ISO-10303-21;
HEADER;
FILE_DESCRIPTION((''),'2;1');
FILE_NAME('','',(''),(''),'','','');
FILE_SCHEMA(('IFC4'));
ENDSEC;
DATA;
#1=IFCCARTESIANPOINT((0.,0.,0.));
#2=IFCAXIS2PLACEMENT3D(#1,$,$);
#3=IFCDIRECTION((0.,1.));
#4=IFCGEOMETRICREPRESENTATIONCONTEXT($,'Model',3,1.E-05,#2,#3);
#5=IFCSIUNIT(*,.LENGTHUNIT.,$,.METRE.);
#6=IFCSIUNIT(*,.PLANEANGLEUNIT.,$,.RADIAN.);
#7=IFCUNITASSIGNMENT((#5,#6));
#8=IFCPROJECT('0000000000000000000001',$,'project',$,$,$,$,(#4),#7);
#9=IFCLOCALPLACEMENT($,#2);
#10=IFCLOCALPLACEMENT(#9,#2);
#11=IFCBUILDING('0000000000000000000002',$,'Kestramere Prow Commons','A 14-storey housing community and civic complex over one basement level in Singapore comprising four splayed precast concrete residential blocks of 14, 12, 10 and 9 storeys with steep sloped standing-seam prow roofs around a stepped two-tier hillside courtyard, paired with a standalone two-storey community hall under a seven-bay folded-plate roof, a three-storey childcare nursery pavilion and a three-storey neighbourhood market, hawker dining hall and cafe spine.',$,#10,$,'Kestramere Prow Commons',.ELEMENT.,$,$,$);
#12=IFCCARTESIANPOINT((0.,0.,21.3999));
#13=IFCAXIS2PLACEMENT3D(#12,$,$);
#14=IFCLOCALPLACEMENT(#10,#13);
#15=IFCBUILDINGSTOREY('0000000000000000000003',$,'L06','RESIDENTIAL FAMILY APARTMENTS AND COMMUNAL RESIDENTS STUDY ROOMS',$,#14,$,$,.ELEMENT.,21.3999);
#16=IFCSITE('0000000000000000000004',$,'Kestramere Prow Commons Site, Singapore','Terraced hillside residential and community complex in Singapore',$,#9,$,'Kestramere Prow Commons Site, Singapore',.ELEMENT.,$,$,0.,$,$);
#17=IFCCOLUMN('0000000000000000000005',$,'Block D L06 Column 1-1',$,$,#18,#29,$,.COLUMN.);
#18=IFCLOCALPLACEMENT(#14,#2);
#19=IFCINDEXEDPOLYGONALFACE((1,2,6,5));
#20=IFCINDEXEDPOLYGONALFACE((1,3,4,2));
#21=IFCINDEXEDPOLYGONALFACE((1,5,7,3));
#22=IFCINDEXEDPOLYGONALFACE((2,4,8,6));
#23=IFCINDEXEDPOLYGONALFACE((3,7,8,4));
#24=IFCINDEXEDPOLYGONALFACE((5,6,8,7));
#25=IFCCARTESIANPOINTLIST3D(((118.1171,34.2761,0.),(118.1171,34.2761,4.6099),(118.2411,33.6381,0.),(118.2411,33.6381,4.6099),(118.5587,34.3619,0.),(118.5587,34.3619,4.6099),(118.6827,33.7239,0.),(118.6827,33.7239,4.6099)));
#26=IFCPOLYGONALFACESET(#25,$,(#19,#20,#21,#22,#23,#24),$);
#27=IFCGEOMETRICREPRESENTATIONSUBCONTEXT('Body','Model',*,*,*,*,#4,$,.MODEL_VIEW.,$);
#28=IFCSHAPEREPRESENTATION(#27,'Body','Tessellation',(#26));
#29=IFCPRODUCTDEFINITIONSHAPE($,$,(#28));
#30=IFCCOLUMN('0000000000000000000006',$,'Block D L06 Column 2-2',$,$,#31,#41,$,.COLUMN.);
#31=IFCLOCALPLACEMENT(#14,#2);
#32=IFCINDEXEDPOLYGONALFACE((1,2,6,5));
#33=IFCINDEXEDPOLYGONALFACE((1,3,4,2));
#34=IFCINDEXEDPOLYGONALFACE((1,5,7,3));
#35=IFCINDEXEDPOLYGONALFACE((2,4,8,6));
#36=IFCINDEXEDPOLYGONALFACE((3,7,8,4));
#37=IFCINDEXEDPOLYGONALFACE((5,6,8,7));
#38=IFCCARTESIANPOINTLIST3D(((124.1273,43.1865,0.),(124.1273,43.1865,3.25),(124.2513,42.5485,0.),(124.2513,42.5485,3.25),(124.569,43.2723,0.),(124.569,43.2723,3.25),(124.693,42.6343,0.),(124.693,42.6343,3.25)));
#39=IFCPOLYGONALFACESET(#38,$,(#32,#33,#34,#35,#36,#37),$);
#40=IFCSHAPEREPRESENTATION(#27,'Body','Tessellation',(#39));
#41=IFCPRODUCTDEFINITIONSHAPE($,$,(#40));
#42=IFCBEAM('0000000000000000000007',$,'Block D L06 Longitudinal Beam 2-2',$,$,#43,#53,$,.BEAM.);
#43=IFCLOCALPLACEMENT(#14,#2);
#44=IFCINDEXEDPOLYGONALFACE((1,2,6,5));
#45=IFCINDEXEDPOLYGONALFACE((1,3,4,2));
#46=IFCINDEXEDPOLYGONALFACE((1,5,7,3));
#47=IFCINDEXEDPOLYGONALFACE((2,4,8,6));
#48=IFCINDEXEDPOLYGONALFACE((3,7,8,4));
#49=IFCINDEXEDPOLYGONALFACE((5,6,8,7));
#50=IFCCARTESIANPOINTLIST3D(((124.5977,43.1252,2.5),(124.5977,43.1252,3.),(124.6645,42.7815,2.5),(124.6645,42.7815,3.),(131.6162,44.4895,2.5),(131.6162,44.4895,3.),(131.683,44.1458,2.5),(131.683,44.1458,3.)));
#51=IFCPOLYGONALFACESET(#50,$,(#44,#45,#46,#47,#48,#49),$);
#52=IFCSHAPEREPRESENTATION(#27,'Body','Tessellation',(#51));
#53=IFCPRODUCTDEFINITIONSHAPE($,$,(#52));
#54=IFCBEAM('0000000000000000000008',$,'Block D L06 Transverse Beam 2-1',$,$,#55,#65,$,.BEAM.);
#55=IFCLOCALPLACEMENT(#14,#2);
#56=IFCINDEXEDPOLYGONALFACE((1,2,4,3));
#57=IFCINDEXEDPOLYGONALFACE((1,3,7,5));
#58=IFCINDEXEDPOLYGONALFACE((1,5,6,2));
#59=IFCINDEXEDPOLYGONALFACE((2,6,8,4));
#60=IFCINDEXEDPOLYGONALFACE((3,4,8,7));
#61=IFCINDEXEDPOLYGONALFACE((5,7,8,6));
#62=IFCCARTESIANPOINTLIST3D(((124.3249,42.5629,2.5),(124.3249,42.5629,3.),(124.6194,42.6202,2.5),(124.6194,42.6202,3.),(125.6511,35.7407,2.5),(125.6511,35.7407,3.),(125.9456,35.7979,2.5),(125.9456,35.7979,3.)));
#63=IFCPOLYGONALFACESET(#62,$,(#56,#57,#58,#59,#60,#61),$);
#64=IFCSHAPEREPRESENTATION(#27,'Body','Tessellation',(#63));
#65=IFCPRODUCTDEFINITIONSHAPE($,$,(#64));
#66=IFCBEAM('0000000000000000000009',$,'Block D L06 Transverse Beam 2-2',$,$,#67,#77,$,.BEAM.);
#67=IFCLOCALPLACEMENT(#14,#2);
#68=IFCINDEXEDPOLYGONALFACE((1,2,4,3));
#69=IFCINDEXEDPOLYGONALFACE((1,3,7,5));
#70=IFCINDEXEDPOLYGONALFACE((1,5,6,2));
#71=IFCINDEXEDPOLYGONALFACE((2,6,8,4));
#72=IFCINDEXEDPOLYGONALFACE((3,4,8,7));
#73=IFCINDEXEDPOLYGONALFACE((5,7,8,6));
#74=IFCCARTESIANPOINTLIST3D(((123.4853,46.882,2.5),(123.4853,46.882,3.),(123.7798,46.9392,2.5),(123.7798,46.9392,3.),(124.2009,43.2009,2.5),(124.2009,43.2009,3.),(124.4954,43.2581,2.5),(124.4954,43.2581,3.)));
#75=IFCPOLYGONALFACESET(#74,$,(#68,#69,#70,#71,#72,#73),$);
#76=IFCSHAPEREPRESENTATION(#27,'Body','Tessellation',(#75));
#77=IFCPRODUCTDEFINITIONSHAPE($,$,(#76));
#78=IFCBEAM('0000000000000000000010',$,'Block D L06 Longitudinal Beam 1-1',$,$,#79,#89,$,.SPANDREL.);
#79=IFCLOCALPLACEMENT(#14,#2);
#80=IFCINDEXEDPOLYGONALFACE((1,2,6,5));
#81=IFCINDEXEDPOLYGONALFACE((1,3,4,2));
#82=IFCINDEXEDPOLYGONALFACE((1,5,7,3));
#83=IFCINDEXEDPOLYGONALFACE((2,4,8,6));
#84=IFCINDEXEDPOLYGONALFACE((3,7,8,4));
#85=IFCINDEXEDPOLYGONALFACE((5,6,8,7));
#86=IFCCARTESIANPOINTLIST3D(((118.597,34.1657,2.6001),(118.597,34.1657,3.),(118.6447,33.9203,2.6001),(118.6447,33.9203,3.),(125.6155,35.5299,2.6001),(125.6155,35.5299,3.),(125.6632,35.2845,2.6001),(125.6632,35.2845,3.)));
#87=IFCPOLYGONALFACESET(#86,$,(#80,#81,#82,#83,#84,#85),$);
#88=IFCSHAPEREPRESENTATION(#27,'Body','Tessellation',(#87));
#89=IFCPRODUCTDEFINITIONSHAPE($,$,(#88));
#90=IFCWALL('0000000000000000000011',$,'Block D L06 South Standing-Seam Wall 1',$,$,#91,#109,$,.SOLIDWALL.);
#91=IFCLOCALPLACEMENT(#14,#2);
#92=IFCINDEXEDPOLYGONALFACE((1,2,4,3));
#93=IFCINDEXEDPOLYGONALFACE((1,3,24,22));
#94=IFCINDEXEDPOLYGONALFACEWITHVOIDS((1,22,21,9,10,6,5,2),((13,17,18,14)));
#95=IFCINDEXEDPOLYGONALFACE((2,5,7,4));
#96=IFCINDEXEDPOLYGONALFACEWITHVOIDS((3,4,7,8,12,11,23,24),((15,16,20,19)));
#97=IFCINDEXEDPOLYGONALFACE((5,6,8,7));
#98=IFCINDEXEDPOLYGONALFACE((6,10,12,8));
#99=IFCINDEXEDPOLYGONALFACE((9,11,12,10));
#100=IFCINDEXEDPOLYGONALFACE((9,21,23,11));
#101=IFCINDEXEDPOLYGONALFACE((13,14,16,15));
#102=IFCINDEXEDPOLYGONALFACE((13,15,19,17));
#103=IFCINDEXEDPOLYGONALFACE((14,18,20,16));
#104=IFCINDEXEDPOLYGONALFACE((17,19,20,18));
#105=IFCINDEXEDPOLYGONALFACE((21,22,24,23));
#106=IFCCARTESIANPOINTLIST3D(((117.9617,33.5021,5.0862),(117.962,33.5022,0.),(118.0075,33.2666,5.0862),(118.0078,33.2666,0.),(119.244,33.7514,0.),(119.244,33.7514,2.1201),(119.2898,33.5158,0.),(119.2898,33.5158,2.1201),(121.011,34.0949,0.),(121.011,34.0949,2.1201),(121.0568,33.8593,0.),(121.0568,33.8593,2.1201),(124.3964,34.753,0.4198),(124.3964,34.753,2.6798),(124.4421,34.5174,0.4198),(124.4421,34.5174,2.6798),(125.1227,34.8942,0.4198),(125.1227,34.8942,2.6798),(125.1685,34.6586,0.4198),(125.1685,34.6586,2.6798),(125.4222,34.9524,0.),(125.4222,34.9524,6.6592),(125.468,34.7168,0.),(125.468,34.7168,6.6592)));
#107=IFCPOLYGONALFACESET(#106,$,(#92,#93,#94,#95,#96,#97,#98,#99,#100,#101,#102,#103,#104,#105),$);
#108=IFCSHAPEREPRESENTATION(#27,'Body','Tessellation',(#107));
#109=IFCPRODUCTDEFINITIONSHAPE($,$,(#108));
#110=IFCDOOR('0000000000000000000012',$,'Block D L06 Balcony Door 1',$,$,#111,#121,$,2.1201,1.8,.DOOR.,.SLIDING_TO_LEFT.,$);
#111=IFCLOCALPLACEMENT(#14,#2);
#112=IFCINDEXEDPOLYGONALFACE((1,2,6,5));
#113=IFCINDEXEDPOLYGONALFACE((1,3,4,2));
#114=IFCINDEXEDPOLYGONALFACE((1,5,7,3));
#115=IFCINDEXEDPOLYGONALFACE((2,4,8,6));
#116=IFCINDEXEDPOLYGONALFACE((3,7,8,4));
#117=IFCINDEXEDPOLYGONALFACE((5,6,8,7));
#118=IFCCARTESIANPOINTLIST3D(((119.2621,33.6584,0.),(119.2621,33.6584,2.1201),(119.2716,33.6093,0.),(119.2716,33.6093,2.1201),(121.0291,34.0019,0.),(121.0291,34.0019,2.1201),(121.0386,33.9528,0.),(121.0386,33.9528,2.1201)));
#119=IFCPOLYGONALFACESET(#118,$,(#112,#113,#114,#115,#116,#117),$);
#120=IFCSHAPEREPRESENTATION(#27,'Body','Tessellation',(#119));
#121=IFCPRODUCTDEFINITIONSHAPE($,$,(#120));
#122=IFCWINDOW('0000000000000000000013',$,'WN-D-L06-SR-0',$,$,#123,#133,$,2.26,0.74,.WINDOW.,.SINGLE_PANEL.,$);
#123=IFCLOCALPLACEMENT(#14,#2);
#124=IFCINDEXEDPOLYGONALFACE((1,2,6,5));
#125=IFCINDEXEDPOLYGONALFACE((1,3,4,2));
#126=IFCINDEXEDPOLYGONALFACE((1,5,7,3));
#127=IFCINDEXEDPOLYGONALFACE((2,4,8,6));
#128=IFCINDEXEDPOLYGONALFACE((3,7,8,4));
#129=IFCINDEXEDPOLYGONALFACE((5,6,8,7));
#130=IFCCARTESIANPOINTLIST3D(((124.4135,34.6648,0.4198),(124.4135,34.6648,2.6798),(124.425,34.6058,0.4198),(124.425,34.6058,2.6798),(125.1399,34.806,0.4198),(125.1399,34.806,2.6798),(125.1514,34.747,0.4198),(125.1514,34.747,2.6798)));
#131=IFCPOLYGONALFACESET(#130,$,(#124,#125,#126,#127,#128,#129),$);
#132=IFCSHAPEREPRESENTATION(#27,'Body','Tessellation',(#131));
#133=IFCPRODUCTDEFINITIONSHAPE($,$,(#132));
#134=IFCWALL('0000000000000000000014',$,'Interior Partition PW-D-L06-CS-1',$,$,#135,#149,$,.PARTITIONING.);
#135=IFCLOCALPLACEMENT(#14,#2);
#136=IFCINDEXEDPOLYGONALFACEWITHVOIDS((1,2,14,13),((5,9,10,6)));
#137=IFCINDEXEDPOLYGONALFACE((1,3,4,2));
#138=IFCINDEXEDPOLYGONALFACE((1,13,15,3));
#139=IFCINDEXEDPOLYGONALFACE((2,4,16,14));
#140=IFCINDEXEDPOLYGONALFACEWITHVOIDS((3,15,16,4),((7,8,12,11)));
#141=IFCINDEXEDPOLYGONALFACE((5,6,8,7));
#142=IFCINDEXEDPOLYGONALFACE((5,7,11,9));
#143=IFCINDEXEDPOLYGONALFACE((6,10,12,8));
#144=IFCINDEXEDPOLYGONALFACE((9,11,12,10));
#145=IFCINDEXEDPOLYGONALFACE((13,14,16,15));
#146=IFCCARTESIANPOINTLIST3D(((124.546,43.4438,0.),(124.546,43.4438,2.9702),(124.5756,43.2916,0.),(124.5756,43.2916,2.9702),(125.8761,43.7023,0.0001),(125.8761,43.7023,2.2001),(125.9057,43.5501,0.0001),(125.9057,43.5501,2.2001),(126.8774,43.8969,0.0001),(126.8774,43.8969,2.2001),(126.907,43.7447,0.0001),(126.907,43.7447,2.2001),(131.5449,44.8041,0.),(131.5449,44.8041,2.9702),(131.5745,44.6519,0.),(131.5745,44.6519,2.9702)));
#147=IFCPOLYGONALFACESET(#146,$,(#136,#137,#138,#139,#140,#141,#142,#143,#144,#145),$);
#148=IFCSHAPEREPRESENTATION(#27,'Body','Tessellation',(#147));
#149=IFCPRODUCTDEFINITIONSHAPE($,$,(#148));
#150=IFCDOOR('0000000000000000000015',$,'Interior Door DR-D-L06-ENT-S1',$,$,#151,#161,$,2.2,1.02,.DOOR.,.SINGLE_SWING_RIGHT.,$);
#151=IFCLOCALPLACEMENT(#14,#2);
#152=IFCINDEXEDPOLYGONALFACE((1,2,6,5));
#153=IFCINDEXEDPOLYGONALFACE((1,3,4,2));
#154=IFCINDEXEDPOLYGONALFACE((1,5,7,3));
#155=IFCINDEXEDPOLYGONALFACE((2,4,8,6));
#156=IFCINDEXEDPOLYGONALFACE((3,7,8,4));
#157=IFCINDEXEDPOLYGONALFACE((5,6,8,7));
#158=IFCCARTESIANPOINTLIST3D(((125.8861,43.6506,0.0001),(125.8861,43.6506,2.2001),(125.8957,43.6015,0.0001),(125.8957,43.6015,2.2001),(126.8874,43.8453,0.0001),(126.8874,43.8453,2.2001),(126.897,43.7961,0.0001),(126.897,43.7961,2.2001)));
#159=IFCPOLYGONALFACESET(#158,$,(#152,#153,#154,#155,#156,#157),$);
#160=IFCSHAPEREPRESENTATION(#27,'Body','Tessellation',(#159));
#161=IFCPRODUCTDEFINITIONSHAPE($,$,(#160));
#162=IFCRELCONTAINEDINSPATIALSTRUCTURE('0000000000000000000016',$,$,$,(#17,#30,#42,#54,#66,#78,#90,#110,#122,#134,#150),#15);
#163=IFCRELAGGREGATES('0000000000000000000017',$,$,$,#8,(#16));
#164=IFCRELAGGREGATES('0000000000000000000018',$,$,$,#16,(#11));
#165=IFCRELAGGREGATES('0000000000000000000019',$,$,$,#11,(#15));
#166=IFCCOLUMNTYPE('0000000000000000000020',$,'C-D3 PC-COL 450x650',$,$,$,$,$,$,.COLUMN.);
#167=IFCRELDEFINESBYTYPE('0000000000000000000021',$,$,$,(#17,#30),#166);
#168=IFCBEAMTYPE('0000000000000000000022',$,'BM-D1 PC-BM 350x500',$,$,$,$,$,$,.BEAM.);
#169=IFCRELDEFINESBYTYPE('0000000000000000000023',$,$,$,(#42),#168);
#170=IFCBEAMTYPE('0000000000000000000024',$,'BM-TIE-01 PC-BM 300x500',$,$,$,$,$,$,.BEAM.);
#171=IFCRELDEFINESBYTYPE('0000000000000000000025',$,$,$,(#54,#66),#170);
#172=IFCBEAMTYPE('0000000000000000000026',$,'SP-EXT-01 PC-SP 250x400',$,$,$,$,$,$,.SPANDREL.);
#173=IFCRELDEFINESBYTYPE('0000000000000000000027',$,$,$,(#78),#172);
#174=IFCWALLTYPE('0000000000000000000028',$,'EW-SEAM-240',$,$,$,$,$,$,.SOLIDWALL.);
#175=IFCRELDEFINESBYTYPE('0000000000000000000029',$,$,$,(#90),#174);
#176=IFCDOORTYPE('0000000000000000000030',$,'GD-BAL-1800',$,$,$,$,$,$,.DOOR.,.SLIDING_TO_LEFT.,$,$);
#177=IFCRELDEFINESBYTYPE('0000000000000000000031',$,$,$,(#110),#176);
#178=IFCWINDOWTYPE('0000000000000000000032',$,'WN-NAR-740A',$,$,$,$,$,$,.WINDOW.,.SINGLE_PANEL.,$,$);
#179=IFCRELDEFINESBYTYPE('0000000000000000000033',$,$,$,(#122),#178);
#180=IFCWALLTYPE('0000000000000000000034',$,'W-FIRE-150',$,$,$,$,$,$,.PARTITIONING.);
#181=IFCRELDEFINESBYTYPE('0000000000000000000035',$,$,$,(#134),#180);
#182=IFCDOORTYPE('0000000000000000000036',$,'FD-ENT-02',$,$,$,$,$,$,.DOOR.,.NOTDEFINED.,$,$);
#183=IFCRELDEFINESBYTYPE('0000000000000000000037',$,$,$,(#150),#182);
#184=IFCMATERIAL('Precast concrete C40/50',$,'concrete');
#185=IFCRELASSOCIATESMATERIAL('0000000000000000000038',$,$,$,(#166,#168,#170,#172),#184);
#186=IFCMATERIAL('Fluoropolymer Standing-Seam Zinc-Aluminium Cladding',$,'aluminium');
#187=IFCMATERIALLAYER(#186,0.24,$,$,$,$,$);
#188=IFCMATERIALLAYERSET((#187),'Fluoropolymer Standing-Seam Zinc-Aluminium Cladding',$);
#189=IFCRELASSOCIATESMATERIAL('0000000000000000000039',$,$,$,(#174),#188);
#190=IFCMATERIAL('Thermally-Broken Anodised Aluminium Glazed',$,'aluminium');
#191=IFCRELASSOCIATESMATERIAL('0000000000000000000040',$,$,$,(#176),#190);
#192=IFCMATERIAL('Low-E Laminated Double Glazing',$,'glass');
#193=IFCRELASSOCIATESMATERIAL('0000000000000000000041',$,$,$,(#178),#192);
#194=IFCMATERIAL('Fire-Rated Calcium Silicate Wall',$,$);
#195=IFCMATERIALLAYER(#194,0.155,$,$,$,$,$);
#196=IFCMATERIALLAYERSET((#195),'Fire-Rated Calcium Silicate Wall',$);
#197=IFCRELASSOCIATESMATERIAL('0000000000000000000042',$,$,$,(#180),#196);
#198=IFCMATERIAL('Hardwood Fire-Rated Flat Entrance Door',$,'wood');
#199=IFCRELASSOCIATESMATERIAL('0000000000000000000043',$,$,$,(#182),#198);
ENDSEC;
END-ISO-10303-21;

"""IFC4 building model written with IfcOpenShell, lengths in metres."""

from ifc_helpers import new_model, si_unit, direction, frame, frame_2d, origin, origin_2d, place, context, subcontext, project, spatial, polyline, rectangle, outline, extrude, material, layer, layer_set, material_profile, profile_set, type_object, element, fill, save


model = new_model("IFC4")

# Units and contexts
model_context = context("Model", 3, precision=1e-05, world=origin(), true_north=direction((0.0, 1.0)))
body_context = subcontext(model_context, "Body", "Model", "MODEL_VIEW")
ifc_project = project(units=[si_unit("LENGTHUNIT", "METRE"), si_unit("PLANEANGLEUNIT", "RADIAN")], contexts=[model_context])

# Site, building, storey
site_placement = place(None, origin())
site = spatial("IfcSite", under=ifc_project, at=site_placement, Name="Kestramere Prow Commons Site, Singapore", Description="Terraced hillside residential and community complex in Singapore", LongName="Kestramere Prow Commons Site, Singapore", CompositionType="ELEMENT", RefElevation=0.0)
building_placement = place(site_placement, origin())
building = spatial("IfcBuilding", under=site, at=building_placement, Name="Kestramere Prow Commons", Description="A 14-storey housing community and civic complex over one basement level in Singapore comprising four splayed precast concrete residential blocks of 14, 12, 10 and 9 storeys with steep sloped standing-seam prow roofs around a stepped two-tier hillside courtyard, paired with a standalone two-storey community hall under a seven-bay folded-plate roof, a three-storey childcare nursery pavilion and a three-storey neighbourhood market, hawker dining hall and cafe spine.", LongName="Kestramere Prow Commons", CompositionType="ELEMENT")
storey_placement = place(building_placement, frame((0.0, 0.0, 21.3999)))
storey = spatial("IfcBuildingStorey", under=building, at=storey_placement, Name="L06", Description="RESIDENTIAL FAMILY APARTMENTS AND COMMUNAL RESIDENTS STUDY ROOMS", CompositionType="ELEMENT", Elevation=21.3999)

# Columns
ifc_material_1 = material(Name="Precast concrete C40/50", Category="concrete")
ifc_material_profile_1 = material_profile(ifc_material_1, rectangle(XDim=0.45, YDim=0.6499, at=origin_2d()), Name="PC-COL 450x650")
ifc_profile_set_1 = profile_set([ifc_material_profile_1], Name="Precast concrete C40/50")
column_type = type_object("IfcColumnType", Name="C-D3 PC-COL 450x650", PredefinedType="COLUMN", material=ifc_profile_set_1)
column_1_placement = place(storey_placement, frame((118.3999, 34.0, 0.0), z_axis=(0.0, 0.0, 1.0), x_axis=(0.981627, 0.190809, 0.0)))
element("IfcColumn", 1, at=column_1_placement, inside=storey, type_object=column_type, Name="Block D L06 Column 1-1", PredefinedType="COLUMN", context=body_context, shape_type="SweptSolid", body=[
    extrude(rectangle(XDim=0.45, YDim=0.6499, at=origin_2d()), origin(), (0.0, 0.0, 1.0), 4.6099),
])
column_2_placement = place(storey_placement, frame((124.4102, 42.9104, 0.0), z_axis=(0.0, 0.0, 1.0), x_axis=(0.981627, 0.190809, 0.0)))
element("IfcColumn", 2, at=column_2_placement, inside=storey, type_object=column_type, Name="Block D L06 Column 2-2", PredefinedType="COLUMN", context=body_context, shape_type="SweptSolid", body=[
    extrude(rectangle(XDim=0.45, YDim=0.6499, at=origin_2d()), origin(), (0.0, 0.0, 1.0), 3.25),
])

# Beams
ifc_material_profile_2 = material_profile(ifc_material_1, rectangle(XDim=0.3501, YDim=0.5, at=origin_2d()), Name="PC-BM 350x500")
ifc_profile_set_2 = profile_set([ifc_material_profile_2], Name="Precast concrete C40/50")
beam_type_1 = type_object("IfcBeamType", Name="BM-D1 PC-BM 350x500", PredefinedType="BEAM", material=ifc_profile_set_2)
beam_1_placement = place(storey_placement, frame((124.6311, 42.9534, 2.75), z_axis=(0.981627, 0.190808, 0.0), x_axis=(-0.190808, 0.981627, 0.0)))
element("IfcBeam", 3, at=beam_1_placement, inside=storey, type_object=beam_type_1, Name="Block D L06 Longitudinal Beam 2-2", PredefinedType="BEAM", context=body_context, shape_type="SweptSolid", body=[
    extrude(rectangle(XDim=0.3501, YDim=0.5, at=origin_2d()), origin(), (0.0, 0.0, 1.0), 7.1499),
])
ifc_material_profile_3 = material_profile(ifc_material_1, rectangle(XDim=0.3, YDim=0.5, at=origin_2d()), Name="PC-BM 300x500")
ifc_profile_set_3 = profile_set([ifc_material_profile_3], Name="Precast concrete C40/50")
beam_type_2 = type_object("IfcBeamType", Name="BM-TIE-01 PC-BM 300x500", PredefinedType="BEAM", material=ifc_profile_set_3)
beam_2_placement = place(storey_placement, frame((125.7983, 35.7693, 2.75), z_axis=(-0.190817, 0.981626, 0.0), x_axis=(-0.981626, -0.190817, 0.0)))
element("IfcBeam", 4, at=beam_2_placement, inside=storey, type_object=beam_type_2, Name="Block D L06 Transverse Beam 2-1", PredefinedType="BEAM", context=body_context, shape_type="SweptSolid", body=[
    extrude(rectangle(XDim=0.3, YDim=0.5, at=origin_2d()), origin(), (0.0, 0.0, 1.0), 6.95),
])
beam_3_placement = place(storey_placement, frame((124.3481, 43.2295, 2.75), z_axis=(-0.190817, 0.981626, 0.0), x_axis=(-0.981626, -0.190817, 0.0)))
element("IfcBeam", 5, at=beam_3_placement, inside=storey, type_object=beam_type_2, Name="Block D L06 Transverse Beam 2-2", PredefinedType="BEAM", context=body_context, shape_type="SweptSolid", body=[
    extrude(rectangle(XDim=0.3, YDim=0.5, at=origin_2d()), origin(), (0.0, 0.0, 1.0), 3.75),
])
ifc_material_profile_4 = material_profile(ifc_material_1, rectangle(XDim=0.25, YDim=0.3999, at=origin_2d()), Name="PC-SP 250x400")
ifc_profile_set_4 = profile_set([ifc_material_profile_4], Name="Precast concrete C40/50")
beam_type_3 = type_object("IfcBeamType", Name="SP-EXT-01 PC-SP 250x400", PredefinedType="SPANDREL", material=ifc_profile_set_4)
beam_4_placement = place(storey_placement, frame((118.6208, 34.043, 2.8), z_axis=(0.981627, 0.190808, 0.0), x_axis=(-0.190808, 0.981627, 0.0)))
element("IfcBeam", 6, at=beam_4_placement, inside=storey, type_object=beam_type_3, Name="Block D L06 Longitudinal Beam 1-1", PredefinedType="SPANDREL", context=body_context, shape_type="SweptSolid", body=[
    extrude(rectangle(XDim=0.25, YDim=0.3999, at=origin_2d()), origin(), (0.0, 0.0, 1.0), 7.1499),
])

# Wall, openings, door, window
ifc_material_2 = material(Name="Fluoropolymer Standing-Seam Zinc-Aluminium Cladding", Category="aluminium")
ifc_layer_1 = layer(ifc_material_2, 0.24)
ifc_layer_set_1 = layer_set([ifc_layer_1], Name="Fluoropolymer Standing-Seam Zinc-Aluminium Cladding")
wall_type_1 = type_object("IfcWallType", Name="EW-SEAM-240", PredefinedType="SOLIDWALL", material=ifc_layer_set_1)
wall_1_placement = place(storey_placement, frame((125.4451, 34.8347, 0.0), z_axis=(0.0, 0.0, 1.0), x_axis=(-0.981625, -0.190819, 0.0)))
wall_1 = element("IfcWall", 7, at=wall_1_placement, inside=storey, type_object=wall_type_1, Name="Block D L06 South Standing-Seam Wall 1", PredefinedType="SOLIDWALL", context=body_context, shape_type="SweptSolid", body=[
    extrude(outline(polyline([(0.0, 0.0), (7.5999, 0.0), (7.6001, 5.0862), (0.0, 6.6592), (0.0, 0.0)])), frame((0.0, 0.1201, 0.0), z_axis=(0.0, -1.0, 0.0), x_axis=(1.0, 0.0, 0.0)), (0.0, 0.0, 1.0), 0.24),
])
opening_1_placement = place(wall_1_placement, frame((4.4939, 0.0, 0.0)))
opening_1 = element("IfcOpeningElement", 8, at=opening_1_placement, cuts=wall_1, PredefinedType="OPENING", context=body_context, shape_type="SweptSolid", body=[
    extrude(rectangle(XDim=1.8, YDim=2.1201, at=frame_2d((0.8999, 1.0601))), frame((0.0, 0.135, 0.0), z_axis=(0.0, -1.0, 0.0), x_axis=(1.0, 0.0, 0.0)), (0.0, 0.0, 1.0), 0.27),
])
opening_2_placement = place(wall_1_placement, frame((0.3049, 0.0, 0.4199)))
opening_2 = element("IfcOpeningElement", 9, at=opening_2_placement, cuts=wall_1, PredefinedType="OPENING", context=body_context, shape_type="SweptSolid", body=[
    extrude(rectangle(XDim=0.74, YDim=2.26, at=frame_2d((0.3701, 1.1299))), frame((0.0, 0.135, 0.0), z_axis=(0.0, -1.0, 0.0), x_axis=(1.0, 0.0, 0.0)), (0.0, 0.0, 1.0), 0.27),
])
ifc_material_3 = material(Name="Thermally-Broken Anodised Aluminium Glazed", Category="aluminium")
door_type_1 = type_object("IfcDoorType", Name="GD-BAL-1800", OperationType="SLIDING_TO_LEFT", PredefinedType="DOOR", material=ifc_material_3)
door_1_placement = place(opening_1_placement, origin())
door_1 = element("IfcDoor", 10, at=door_1_placement, inside=storey, type_object=door_type_1, Name="Block D L06 Balcony Door 1", OperationType="SLIDING_TO_LEFT", OverallHeight=2.1201, OverallWidth=1.8, PredefinedType="DOOR", context=body_context, shape_type="SweptSolid", body=[
    extrude(rectangle(XDim=1.8, YDim=2.1201, at=frame_2d((0.8999, 1.0601))), frame((0.0, 0.0249, 0.0), z_axis=(0.0, -1.0, 0.0), x_axis=(1.0, 0.0, 0.0)), (0.0, 0.0, 1.0), 0.05),
])
fill(opening_1, door_1)
ifc_material_4 = material(Name="Low-E Laminated Double Glazing", Category="glass")
window_type = type_object("IfcWindowType", Name="WN-NAR-740A", PartitioningType="SINGLE_PANEL", PredefinedType="WINDOW", material=ifc_material_4)
window_placement = place(opening_2_placement, origin())
window = element("IfcWindow", 11, at=window_placement, inside=storey, type_object=window_type, Name="WN-D-L06-SR-0", OverallHeight=2.26, OverallWidth=0.74, PartitioningType="SINGLE_PANEL", PredefinedType="WINDOW", context=body_context, shape_type="SweptSolid", body=[
    extrude(rectangle(XDim=0.74, YDim=2.26, at=frame_2d((0.3701, 1.1299))), frame((0.0, 0.03, 0.0), z_axis=(0.0, -1.0, 0.0), x_axis=(1.0, 0.0, 0.0)), (0.0, 0.0, 1.0), 0.0601),
])
fill(opening_2, window)

# Wall, opening, door
ifc_material_5 = material(Name="Fire-Rated Calcium Silicate Wall")
ifc_layer_2 = layer(ifc_material_5, 0.155)
ifc_layer_set_2 = layer_set([ifc_layer_2], Name="Fire-Rated Calcium Silicate Wall")
wall_type_2 = type_object("IfcWallType", Name="W-FIRE-150", PredefinedType="PARTITIONING", material=ifc_layer_set_2)
wall_2_placement = place(storey_placement, frame((124.5608, 43.3677, 0.0), z_axis=(0.0, 0.0, 1.0), x_axis=(0.98163, 0.190793, 0.0)))
wall_2 = element("IfcWall", 12, at=wall_2_placement, inside=storey, type_object=wall_type_2, Name="Interior Partition PW-D-L06-CS-1", PredefinedType="PARTITIONING", context=body_context, shape_type="SweptSolid", body=[
    extrude(rectangle(XDim=7.1299, YDim=0.155, at=frame_2d((3.5649, 0.0))), origin(), (0.0, 0.0, 1.0), 2.9702),
])
opening_3_placement = place(wall_2_placement, frame((1.355, 0.0, 0.0)))
opening_3 = element("IfcOpeningElement", 13, at=opening_3_placement, cuts=wall_2, PredefinedType="OPENING", context=body_context, shape_type="SweptSolid", body=[
    extrude(rectangle(XDim=1.02, YDim=2.2, at=frame_2d((0.51, 1.1001))), frame((0.0, 0.0925, 0.0), z_axis=(0.0, -1.0, 0.0), x_axis=(1.0, 0.0, 0.0)), (0.0, 0.0, 1.0), 0.1851),
])
ifc_material_6 = material(Name="Hardwood Fire-Rated Flat Entrance Door", Category="wood")
door_type_2 = type_object("IfcDoorType", Name="FD-ENT-02", OperationType="NOTDEFINED", PredefinedType="DOOR", material=ifc_material_6)
door_2_placement = place(opening_3_placement, origin())
door_2 = element("IfcDoor", 14, at=door_2_placement, inside=storey, type_object=door_type_2, Name="Interior Door DR-D-L06-ENT-S1", OperationType="SINGLE_SWING_RIGHT", OverallHeight=2.2, OverallWidth=1.02, PredefinedType="DOOR", context=body_context, shape_type="SweptSolid", body=[
    extrude(rectangle(XDim=1.02, YDim=2.2, at=frame_2d((0.51, 1.1001))), frame((0.0, 0.0249, 0.0), z_axis=(0.0, -1.0, 0.0), x_axis=(1.0, 0.0, 0.0)), (0.0, 0.0, 1.0), 0.05),
])
fill(opening_3, door_2)

save(model, "model.ifc")
